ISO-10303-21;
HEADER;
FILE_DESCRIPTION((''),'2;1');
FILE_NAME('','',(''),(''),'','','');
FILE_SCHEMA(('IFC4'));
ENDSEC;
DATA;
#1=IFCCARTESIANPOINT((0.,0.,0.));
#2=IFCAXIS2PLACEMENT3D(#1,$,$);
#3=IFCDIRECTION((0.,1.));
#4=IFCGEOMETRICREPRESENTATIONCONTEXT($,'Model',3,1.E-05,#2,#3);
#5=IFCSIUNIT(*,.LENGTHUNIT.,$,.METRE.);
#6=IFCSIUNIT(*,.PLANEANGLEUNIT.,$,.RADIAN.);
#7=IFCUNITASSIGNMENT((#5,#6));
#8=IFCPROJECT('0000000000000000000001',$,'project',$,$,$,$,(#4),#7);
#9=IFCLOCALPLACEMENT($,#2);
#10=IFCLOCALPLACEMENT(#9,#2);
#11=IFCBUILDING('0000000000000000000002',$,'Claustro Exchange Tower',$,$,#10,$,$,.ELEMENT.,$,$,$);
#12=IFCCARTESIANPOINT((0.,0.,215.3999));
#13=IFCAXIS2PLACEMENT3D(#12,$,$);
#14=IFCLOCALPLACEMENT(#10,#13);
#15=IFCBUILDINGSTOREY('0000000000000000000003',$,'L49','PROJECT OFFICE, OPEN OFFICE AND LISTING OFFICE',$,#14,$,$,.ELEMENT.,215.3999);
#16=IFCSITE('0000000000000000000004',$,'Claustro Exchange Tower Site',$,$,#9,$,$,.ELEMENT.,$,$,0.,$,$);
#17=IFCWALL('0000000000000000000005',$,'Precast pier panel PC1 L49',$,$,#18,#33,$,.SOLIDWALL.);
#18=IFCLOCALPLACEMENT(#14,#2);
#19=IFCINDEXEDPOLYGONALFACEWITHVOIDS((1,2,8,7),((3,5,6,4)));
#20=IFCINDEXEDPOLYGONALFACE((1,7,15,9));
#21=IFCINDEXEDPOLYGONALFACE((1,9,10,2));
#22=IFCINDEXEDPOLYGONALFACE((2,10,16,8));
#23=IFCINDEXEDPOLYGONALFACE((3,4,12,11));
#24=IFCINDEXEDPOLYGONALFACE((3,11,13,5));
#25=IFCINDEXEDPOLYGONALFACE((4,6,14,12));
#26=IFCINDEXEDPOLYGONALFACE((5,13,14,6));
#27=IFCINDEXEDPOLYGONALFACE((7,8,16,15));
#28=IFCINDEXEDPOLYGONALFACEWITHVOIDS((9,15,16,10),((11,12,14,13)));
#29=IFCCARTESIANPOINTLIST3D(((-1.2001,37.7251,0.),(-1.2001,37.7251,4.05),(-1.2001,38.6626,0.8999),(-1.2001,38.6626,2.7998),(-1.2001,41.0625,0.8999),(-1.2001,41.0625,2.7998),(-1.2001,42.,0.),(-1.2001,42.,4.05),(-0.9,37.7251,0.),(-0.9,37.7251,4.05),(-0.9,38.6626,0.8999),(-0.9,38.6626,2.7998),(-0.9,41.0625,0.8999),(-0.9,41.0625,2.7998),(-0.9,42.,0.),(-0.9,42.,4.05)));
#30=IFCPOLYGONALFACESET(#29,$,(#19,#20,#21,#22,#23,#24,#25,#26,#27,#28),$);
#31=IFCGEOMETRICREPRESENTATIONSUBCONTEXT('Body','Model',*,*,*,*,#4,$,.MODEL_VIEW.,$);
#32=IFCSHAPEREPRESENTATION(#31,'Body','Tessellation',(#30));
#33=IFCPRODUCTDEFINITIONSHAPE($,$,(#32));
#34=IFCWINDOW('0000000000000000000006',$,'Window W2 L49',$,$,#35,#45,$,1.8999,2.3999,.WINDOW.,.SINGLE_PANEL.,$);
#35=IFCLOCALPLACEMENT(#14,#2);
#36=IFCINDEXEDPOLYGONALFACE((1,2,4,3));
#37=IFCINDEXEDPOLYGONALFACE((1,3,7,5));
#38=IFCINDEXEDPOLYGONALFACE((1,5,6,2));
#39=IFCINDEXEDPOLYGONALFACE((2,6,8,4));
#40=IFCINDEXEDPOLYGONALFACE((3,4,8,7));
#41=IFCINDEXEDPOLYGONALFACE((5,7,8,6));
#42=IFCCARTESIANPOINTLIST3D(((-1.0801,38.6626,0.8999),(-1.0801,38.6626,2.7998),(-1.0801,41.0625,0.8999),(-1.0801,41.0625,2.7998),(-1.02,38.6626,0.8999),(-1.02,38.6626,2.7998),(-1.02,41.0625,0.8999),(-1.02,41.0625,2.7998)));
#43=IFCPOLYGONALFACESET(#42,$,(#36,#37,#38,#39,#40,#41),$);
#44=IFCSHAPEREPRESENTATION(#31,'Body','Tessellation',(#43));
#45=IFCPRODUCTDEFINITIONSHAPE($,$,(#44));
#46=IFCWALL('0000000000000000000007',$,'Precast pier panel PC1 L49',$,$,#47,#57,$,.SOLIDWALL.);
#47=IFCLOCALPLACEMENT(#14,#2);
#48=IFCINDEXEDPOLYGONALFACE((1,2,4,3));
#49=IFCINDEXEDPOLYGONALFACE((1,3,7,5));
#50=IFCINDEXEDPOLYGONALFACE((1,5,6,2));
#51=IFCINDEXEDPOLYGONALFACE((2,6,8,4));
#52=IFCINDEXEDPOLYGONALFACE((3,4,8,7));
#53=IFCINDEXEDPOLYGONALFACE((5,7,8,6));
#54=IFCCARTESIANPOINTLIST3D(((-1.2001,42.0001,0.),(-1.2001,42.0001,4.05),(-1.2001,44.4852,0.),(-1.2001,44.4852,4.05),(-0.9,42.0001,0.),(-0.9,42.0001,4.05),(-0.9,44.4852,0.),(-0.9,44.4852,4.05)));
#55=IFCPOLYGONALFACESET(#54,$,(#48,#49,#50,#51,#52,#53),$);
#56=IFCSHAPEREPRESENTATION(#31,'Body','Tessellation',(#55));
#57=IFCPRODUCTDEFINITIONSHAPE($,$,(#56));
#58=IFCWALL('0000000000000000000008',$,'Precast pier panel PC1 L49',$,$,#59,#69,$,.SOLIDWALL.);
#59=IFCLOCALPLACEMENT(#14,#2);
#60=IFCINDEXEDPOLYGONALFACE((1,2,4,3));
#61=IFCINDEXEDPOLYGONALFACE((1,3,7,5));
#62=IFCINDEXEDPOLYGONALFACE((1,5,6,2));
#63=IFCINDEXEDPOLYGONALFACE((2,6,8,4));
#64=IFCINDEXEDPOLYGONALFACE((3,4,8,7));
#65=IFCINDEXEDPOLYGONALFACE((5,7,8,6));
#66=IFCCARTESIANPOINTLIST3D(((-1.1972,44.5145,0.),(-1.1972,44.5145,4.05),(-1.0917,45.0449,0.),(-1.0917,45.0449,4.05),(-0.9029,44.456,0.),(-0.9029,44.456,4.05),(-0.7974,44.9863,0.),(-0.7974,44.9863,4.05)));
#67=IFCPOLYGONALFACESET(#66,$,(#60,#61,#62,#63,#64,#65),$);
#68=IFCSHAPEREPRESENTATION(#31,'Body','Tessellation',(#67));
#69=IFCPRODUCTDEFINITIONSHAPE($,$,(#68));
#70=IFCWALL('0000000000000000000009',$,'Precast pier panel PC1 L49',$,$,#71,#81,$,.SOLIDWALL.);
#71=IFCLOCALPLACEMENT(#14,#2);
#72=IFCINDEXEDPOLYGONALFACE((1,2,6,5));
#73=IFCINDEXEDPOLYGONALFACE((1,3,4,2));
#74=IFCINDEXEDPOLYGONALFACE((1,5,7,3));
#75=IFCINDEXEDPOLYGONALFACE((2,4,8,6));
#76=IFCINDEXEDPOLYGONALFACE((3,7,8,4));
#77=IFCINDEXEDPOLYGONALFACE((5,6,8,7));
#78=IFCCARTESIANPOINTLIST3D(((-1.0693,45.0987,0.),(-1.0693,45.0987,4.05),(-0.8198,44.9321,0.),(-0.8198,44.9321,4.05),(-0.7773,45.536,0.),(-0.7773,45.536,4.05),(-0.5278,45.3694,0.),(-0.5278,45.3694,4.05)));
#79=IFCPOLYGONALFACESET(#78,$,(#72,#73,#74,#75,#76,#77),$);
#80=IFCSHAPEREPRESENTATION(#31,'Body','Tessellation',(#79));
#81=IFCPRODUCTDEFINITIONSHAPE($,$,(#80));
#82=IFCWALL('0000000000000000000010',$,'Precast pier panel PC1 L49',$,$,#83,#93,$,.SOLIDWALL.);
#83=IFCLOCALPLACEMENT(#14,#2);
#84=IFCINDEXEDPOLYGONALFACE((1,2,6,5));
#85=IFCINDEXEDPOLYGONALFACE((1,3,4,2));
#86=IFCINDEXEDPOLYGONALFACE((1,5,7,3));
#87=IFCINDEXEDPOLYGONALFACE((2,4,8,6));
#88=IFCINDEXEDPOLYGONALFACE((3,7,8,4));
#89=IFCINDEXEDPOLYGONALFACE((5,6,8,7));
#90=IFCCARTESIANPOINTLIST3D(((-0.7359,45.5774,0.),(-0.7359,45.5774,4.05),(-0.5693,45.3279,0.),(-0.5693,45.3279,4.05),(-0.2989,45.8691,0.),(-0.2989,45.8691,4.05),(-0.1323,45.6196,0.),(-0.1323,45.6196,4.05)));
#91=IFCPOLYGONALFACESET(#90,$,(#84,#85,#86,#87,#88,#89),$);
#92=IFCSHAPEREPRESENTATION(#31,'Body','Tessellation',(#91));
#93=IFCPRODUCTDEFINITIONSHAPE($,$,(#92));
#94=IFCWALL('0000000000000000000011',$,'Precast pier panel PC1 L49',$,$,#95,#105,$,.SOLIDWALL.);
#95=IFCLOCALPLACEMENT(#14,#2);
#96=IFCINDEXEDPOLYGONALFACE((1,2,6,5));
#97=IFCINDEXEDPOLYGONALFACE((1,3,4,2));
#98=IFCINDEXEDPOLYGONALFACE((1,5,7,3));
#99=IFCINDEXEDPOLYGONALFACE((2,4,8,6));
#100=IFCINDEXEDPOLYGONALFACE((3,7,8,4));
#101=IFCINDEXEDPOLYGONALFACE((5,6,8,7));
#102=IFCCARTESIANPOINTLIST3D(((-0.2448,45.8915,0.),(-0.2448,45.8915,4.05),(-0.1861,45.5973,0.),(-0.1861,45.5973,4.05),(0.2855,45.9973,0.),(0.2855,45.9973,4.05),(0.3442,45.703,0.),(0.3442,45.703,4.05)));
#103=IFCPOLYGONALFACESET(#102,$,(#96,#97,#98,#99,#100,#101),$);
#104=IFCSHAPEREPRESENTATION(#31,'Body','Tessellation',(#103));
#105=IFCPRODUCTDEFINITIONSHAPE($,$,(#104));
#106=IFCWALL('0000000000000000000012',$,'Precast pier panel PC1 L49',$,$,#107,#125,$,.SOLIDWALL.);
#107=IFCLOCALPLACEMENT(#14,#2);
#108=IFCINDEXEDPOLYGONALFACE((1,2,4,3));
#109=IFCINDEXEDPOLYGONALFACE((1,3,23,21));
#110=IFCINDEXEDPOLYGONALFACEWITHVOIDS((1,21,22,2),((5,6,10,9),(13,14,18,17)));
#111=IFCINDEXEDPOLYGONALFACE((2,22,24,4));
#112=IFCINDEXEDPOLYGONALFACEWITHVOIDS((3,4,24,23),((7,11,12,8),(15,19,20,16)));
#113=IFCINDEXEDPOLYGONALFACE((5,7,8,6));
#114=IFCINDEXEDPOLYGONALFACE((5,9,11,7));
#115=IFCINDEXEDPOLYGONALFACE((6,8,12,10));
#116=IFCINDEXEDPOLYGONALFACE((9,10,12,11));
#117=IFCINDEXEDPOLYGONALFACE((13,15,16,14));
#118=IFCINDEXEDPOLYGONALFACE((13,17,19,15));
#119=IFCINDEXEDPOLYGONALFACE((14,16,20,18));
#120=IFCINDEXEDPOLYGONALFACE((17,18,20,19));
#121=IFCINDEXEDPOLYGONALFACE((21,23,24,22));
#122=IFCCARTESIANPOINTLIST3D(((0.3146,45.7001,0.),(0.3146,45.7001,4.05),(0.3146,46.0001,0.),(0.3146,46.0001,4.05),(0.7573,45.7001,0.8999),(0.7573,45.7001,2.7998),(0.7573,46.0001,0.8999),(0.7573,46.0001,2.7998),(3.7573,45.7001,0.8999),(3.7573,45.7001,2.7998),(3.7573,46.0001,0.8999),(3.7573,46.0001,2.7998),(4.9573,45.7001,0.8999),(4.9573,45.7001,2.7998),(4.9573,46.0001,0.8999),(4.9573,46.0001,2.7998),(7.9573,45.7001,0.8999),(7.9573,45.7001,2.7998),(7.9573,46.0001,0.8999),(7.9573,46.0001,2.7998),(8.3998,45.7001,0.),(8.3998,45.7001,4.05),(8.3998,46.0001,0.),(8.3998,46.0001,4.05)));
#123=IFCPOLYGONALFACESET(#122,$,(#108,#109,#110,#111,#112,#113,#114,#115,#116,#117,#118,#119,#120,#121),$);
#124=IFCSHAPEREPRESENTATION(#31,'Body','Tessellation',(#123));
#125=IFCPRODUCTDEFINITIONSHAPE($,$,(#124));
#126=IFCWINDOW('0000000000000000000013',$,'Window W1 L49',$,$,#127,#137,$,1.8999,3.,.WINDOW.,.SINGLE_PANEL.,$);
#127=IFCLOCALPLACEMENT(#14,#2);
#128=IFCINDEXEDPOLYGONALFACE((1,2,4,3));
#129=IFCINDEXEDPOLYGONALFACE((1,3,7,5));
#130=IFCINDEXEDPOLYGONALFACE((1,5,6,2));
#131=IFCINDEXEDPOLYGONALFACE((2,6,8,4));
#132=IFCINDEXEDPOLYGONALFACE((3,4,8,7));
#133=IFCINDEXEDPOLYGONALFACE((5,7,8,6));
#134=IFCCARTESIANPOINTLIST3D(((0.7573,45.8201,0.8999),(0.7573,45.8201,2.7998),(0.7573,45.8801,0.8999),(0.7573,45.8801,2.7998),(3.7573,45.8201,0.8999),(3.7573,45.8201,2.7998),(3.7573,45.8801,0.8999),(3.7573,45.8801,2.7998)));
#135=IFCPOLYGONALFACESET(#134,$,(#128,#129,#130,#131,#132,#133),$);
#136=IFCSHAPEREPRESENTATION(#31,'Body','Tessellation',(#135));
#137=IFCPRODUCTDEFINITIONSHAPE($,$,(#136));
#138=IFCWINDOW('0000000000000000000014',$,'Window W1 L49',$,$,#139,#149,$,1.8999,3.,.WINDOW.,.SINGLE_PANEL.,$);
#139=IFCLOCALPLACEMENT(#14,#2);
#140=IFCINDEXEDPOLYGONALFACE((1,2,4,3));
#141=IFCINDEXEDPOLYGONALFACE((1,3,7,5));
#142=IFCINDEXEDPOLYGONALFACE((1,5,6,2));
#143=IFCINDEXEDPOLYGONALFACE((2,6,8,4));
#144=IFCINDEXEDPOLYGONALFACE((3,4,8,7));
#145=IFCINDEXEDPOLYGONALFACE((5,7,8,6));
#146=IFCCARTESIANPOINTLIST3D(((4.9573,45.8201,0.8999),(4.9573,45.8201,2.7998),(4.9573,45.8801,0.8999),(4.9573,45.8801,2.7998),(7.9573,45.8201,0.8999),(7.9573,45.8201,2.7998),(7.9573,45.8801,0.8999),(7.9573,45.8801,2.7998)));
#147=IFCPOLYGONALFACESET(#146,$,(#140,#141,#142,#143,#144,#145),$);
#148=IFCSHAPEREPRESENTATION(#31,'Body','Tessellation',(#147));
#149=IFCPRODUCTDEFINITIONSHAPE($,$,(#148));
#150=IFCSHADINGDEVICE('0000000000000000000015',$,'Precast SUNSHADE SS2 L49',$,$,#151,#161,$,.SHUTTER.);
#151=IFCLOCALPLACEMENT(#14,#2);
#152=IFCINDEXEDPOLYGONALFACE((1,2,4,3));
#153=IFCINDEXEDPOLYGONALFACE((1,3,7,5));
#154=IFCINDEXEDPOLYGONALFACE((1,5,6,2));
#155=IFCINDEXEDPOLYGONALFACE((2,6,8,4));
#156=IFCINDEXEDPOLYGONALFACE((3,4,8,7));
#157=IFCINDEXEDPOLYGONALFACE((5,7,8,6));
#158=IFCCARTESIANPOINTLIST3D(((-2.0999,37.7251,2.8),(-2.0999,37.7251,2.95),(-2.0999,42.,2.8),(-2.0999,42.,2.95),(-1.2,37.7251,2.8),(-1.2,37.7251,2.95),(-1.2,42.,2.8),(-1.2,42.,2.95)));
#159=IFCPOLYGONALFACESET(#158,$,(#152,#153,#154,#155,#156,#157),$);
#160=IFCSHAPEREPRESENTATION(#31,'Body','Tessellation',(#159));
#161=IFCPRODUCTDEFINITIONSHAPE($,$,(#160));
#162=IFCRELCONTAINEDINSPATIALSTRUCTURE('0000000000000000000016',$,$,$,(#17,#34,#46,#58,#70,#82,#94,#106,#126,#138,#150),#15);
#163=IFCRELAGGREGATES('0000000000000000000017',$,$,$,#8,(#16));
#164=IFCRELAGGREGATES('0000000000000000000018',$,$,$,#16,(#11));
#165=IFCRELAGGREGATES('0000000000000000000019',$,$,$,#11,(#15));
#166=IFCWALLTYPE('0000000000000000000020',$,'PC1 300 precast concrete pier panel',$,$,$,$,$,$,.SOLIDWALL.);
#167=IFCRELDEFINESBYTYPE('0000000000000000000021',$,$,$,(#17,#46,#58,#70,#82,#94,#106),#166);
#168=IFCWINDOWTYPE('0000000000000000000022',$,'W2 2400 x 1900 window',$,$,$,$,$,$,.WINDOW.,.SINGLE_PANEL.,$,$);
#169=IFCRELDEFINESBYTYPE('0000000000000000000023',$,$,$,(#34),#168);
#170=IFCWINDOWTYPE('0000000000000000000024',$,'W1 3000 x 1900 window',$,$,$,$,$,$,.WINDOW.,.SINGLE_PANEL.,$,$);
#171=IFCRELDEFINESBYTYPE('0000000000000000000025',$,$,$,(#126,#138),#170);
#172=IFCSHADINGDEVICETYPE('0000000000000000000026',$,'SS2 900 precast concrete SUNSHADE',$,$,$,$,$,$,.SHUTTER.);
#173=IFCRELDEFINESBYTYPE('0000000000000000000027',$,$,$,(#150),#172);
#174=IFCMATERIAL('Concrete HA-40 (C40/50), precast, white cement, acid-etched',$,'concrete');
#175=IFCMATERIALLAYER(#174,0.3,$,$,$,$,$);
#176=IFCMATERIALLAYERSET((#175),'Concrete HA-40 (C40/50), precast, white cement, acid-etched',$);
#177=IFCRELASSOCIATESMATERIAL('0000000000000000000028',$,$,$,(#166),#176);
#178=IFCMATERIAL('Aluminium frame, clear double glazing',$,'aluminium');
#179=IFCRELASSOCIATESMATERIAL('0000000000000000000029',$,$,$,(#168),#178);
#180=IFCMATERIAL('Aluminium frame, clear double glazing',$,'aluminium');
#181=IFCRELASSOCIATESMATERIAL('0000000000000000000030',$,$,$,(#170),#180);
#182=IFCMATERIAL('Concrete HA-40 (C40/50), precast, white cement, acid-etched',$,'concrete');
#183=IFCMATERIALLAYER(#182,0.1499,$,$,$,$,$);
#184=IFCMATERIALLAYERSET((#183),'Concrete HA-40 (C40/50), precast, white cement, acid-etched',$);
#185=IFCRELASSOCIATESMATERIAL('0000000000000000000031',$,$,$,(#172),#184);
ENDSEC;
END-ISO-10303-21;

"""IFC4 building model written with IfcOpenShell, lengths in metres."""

from ifc_helpers import new_model, si_unit, direction, frame, frame_2d, origin, origin_2d, place, context, subcontext, project, spatial, rectangle, extrude, material, layer, layer_set, type_object, element, fill, save


model = new_model("IFC4")

# Units and contexts
model_context = context("Model", 3, precision=1e-05, world=origin(), true_north=direction((0.0, 1.0)))
body_context = subcontext(model_context, "Body", "Model", "MODEL_VIEW")
ifc_project = project(units=[si_unit("LENGTHUNIT", "METRE"), si_unit("PLANEANGLEUNIT", "RADIAN")], contexts=[model_context])

# Site, building, storey
site_placement = place(None, origin())
site = spatial("IfcSite", under=ifc_project, at=site_placement, Name="Claustro Exchange Tower Site", CompositionType="ELEMENT", RefElevation=0.0)
building_placement = place(site_placement, origin())
building = spatial("IfcBuilding", under=site, at=building_placement, Name="Claustro Exchange Tower", CompositionType="ELEMENT")
storey_placement = place(building_placement, frame((0.0, 0.0, 215.3999)))
storey = spatial("IfcBuildingStorey", under=building, at=storey_placement, Name="L49", Description="PROJECT OFFICE, OPEN OFFICE AND LISTING OFFICE", CompositionType="ELEMENT", Elevation=215.3999)

# Wall, opening, window
ifc_material_1 = material(Name="Concrete HA-40 (C40/50), precast, white cement, acid-etched", Category="concrete")
ifc_layer_1 = layer(ifc_material_1, 0.3)
ifc_layer_set_1 = layer_set([ifc_layer_1], Name="Concrete HA-40 (C40/50), precast, white cement, acid-etched")
wall_type_1 = type_object("IfcWallType", Name="PC1 300 precast concrete pier panel", PredefinedType="SOLIDWALL", material=ifc_layer_set_1)
wall_1_placement = place(storey_placement, frame((-1.05, 37.7251, 0.0), z_axis=(0.0, 0.0, 1.0), x_axis=(0.0, 1.0, 0.0)))
wall_1 = element("IfcWall", 1, at=wall_1_placement, inside=storey, type_object=wall_type_1, Name="Precast pier panel PC1 L49", PredefinedType="SOLIDWALL", context=body_context, shape_type="SweptSolid", body=[
    extrude(rectangle(XDim=4.2749, YDim=0.3, at=frame_2d((2.1375, 0.0))), origin(), (0.0, 0.0, 1.0), 4.05),
])
opening_1_placement = place(wall_1_placement, frame((0.9375, 0.0, 0.8999)))
opening_1 = element("IfcOpeningElement", 2, at=opening_1_placement, cuts=wall_1, PredefinedType="OPENING", context=body_context, shape_type="SweptSolid", body=[
    extrude(rectangle(XDim=2.3999, YDim=1.8999, at=frame_2d((1.2, 0.95))), frame((0.0, 0.1599, 0.0), z_axis=(0.0, -1.0, 0.0), x_axis=(1.0, 0.0, 0.0)), (0.0, 0.0, 1.0), 0.3201),
])
ifc_material_2 = material(Name="Aluminium frame, clear double glazing", Category="aluminium")
window_type_1 = type_object("IfcWindowType", Name="W2 2400 x 1900 window", PartitioningType="SINGLE_PANEL", PredefinedType="WINDOW", material=ifc_material_2)
window_1_placement = place(opening_1_placement, origin())
window_1 = element("IfcWindow", 3, at=window_1_placement, inside=storey, type_object=window_type_1, Name="Window W2 L49", OverallHeight=1.8999, OverallWidth=2.3999, PartitioningType="SINGLE_PANEL", PredefinedType="WINDOW", context=body_context, shape_type="SweptSolid", body=[
    extrude(rectangle(XDim=2.3999, YDim=1.8999, at=frame_2d((1.2, 0.95))), frame((0.0, 0.03, 0.0), z_axis=(0.0, -1.0, 0.0), x_axis=(1.0, 0.0, 0.0)), (0.0, 0.0, 1.0), 0.0601),
])
fill(opening_1, window_1)

# Walls
wall_2_placement = place(storey_placement, frame((-1.05, 42.0, 0.0), z_axis=(0.0, 0.0, 1.0), x_axis=(0.0, 1.0, 0.0)))
element("IfcWall", 4, at=wall_2_placement, inside=storey, type_object=wall_type_1, Name="Precast pier panel PC1 L49", PredefinedType="SOLIDWALL", context=body_context, shape_type="SweptSolid", body=[
    extrude(rectangle(XDim=2.4851, YDim=0.3, at=frame_2d((1.2427, 0.0))), origin(), (0.0, 0.0, 1.0), 4.05),
])
wall_3_placement = place(storey_placement, frame((-1.05, 44.4851, 0.0), z_axis=(0.0, 0.0, 1.0), x_axis=(0.195074, 0.980789, 0.0)))
element("IfcWall", 5, at=wall_3_placement, inside=storey, type_object=wall_type_1, Name="Precast pier panel PC1 L49", PredefinedType="SOLIDWALL", context=body_context, shape_type="SweptSolid", body=[
    extrude(rectangle(XDim=0.5408, YDim=0.3, at=frame_2d((0.2705, 0.0))), origin(), (0.0, 0.0, 1.0), 4.05),
])
wall_4_placement = place(storey_placement, frame((-0.9446, 45.0154, 0.0), z_axis=(0.0, 0.0, 1.0), x_axis=(0.555343, 0.831621, 0.0)))
element("IfcWall", 6, at=wall_4_placement, inside=storey, type_object=wall_type_1, Name="Precast pier panel PC1 L49", PredefinedType="SOLIDWALL", context=body_context, shape_type="SweptSolid", body=[
    extrude(rectangle(XDim=0.5259, YDim=0.3, at=frame_2d((0.2629, 0.0))), origin(), (0.0, 0.0, 1.0), 4.05),
])
wall_5_placement = place(storey_placement, frame((-0.6526, 45.4526, 0.0), z_axis=(0.0, 0.0, 1.0), x_axis=(0.831693, 0.555236, 0.0)))
element("IfcWall", 7, at=wall_5_placement, inside=storey, type_object=wall_type_1, Name="Precast pier panel PC1 L49", PredefinedType="SOLIDWALL", context=body_context, shape_type="SweptSolid", body=[
    extrude(rectangle(XDim=0.5254, YDim=0.3, at=frame_2d((0.2627, 0.0))), origin(), (0.0, 0.0, 1.0), 4.05),
])
wall_6_placement = place(storey_placement, frame((-0.2156, 45.7444, 0.0), z_axis=(0.0, 0.0, 1.0), x_axis=(0.980702, 0.195508, 0.0)))
element("IfcWall", 8, at=wall_6_placement, inside=storey, type_object=wall_type_1, Name="Precast pier panel PC1 L49", PredefinedType="SOLIDWALL", context=body_context, shape_type="SweptSolid", body=[
    extrude(rectangle(XDim=0.5408, YDim=0.3, at=frame_2d((0.2705, 0.0))), origin(), (0.0, 0.0, 1.0), 4.05),
])

# Wall, openings, windows
wall_7_placement = place(storey_placement, frame((0.3147, 45.8501, 0.0), z_axis=(0.0, 0.0, 1.0), x_axis=(1.0, 0.0, 0.0)))
wall_7 = element("IfcWall", 9, at=wall_7_placement, inside=storey, type_object=wall_type_1, Name="Precast pier panel PC1 L49", PredefinedType="SOLIDWALL", context=body_context, shape_type="SweptSolid", body=[
    extrude(rectangle(XDim=8.0852, YDim=0.3, at=frame_2d((4.0425, 0.0))), origin(), (0.0, 0.0, 1.0), 4.05),
])
opening_2_placement = place(wall_7_placement, frame((0.4426, 0.0, 0.8999)))
opening_2 = element("IfcOpeningElement", 10, at=opening_2_placement, cuts=wall_7, PredefinedType="OPENING", context=body_context, shape_type="SweptSolid", body=[
    extrude(rectangle(XDim=3.0, YDim=1.8999, at=frame_2d((1.5, 0.95))), frame((0.0, 0.1599, 0.0), z_axis=(0.0, -1.0, 0.0), x_axis=(1.0, 0.0, 0.0)), (0.0, 0.0, 1.0), 0.3201),
])
opening_3_placement = place(wall_7_placement, frame((4.6426, 0.0, 0.8999)))
opening_3 = element("IfcOpeningElement", 11, at=opening_3_placement, cuts=wall_7, PredefinedType="OPENING", context=body_context, shape_type="SweptSolid", body=[
    extrude(rectangle(XDim=3.0, YDim=1.8999, at=frame_2d((1.5, 0.95))), frame((0.0, 0.1599, 0.0), z_axis=(0.0, -1.0, 0.0), x_axis=(1.0, 0.0, 0.0)), (0.0, 0.0, 1.0), 0.3201),
])
ifc_material_3 = material(Name="Aluminium frame, clear double glazing", Category="aluminium")
window_type_2 = type_object("IfcWindowType", Name="W1 3000 x 1900 window", PartitioningType="SINGLE_PANEL", PredefinedType="WINDOW", material=ifc_material_3)
window_2_placement = place(opening_2_placement, origin())
window_2 = element("IfcWindow", 12, at=window_2_placement, inside=storey, type_object=window_type_2, Name="Window W1 L49", OverallHeight=1.8999, OverallWidth=3.0, PartitioningType="SINGLE_PANEL", PredefinedType="WINDOW", context=body_context, shape_type="SweptSolid", body=[
    extrude(rectangle(XDim=3.0, YDim=1.8999, at=frame_2d((1.5, 0.95))), frame((0.0, 0.03, 0.0), z_axis=(0.0, -1.0, 0.0), x_axis=(1.0, 0.0, 0.0)), (0.0, 0.0, 1.0), 0.0601),
])
fill(opening_2, window_2)
window_3_placement = place(opening_3_placement, origin())
window_3 = element("IfcWindow", 13, at=window_3_placement, inside=storey, type_object=window_type_2, Name="Window W1 L49", OverallHeight=1.8999, OverallWidth=3.0, PartitioningType="SINGLE_PANEL", PredefinedType="WINDOW", context=body_context, shape_type="SweptSolid", body=[
    extrude(rectangle(XDim=3.0, YDim=1.8999, at=frame_2d((1.5, 0.95))), frame((0.0, 0.03, 0.0), z_axis=(0.0, -1.0, 0.0), x_axis=(1.0, 0.0, 0.0)), (0.0, 0.0, 1.0), 0.0601),
])
fill(opening_3, window_3)

# Shading device
ifc_material_4 = material(Name="Concrete HA-40 (C40/50), precast, white cement, acid-etched", Category="concrete")
ifc_layer_2 = layer(ifc_material_4, 0.1499)
ifc_layer_set_2 = layer_set([ifc_layer_2], Name="Concrete HA-40 (C40/50), precast, white cement, acid-etched")
shading_device_type = type_object("IfcShadingDeviceType", Name="SS2 900 precast concrete SUNSHADE", PredefinedType="SHUTTER", material=ifc_layer_set_2)
shading_device_placement = place(storey_placement, frame((-1.6499, 39.8625, 2.8), z_axis=(0.0, 0.0, 1.0), x_axis=(0.0, 1.0, 0.0)))
element("IfcShadingDevice", 14, at=shading_device_placement, inside=storey, type_object=shading_device_type, Name="Precast SUNSHADE SS2 L49", PredefinedType="SHUTTER", context=body_context, shape_type="SweptSolid", body=[
    extrude(rectangle(XDim=4.2749, YDim=0.8999, at=origin_2d()), origin(), (0.0, 0.0, 1.0), 0.1499),
])

save(model, "model.ifc")
